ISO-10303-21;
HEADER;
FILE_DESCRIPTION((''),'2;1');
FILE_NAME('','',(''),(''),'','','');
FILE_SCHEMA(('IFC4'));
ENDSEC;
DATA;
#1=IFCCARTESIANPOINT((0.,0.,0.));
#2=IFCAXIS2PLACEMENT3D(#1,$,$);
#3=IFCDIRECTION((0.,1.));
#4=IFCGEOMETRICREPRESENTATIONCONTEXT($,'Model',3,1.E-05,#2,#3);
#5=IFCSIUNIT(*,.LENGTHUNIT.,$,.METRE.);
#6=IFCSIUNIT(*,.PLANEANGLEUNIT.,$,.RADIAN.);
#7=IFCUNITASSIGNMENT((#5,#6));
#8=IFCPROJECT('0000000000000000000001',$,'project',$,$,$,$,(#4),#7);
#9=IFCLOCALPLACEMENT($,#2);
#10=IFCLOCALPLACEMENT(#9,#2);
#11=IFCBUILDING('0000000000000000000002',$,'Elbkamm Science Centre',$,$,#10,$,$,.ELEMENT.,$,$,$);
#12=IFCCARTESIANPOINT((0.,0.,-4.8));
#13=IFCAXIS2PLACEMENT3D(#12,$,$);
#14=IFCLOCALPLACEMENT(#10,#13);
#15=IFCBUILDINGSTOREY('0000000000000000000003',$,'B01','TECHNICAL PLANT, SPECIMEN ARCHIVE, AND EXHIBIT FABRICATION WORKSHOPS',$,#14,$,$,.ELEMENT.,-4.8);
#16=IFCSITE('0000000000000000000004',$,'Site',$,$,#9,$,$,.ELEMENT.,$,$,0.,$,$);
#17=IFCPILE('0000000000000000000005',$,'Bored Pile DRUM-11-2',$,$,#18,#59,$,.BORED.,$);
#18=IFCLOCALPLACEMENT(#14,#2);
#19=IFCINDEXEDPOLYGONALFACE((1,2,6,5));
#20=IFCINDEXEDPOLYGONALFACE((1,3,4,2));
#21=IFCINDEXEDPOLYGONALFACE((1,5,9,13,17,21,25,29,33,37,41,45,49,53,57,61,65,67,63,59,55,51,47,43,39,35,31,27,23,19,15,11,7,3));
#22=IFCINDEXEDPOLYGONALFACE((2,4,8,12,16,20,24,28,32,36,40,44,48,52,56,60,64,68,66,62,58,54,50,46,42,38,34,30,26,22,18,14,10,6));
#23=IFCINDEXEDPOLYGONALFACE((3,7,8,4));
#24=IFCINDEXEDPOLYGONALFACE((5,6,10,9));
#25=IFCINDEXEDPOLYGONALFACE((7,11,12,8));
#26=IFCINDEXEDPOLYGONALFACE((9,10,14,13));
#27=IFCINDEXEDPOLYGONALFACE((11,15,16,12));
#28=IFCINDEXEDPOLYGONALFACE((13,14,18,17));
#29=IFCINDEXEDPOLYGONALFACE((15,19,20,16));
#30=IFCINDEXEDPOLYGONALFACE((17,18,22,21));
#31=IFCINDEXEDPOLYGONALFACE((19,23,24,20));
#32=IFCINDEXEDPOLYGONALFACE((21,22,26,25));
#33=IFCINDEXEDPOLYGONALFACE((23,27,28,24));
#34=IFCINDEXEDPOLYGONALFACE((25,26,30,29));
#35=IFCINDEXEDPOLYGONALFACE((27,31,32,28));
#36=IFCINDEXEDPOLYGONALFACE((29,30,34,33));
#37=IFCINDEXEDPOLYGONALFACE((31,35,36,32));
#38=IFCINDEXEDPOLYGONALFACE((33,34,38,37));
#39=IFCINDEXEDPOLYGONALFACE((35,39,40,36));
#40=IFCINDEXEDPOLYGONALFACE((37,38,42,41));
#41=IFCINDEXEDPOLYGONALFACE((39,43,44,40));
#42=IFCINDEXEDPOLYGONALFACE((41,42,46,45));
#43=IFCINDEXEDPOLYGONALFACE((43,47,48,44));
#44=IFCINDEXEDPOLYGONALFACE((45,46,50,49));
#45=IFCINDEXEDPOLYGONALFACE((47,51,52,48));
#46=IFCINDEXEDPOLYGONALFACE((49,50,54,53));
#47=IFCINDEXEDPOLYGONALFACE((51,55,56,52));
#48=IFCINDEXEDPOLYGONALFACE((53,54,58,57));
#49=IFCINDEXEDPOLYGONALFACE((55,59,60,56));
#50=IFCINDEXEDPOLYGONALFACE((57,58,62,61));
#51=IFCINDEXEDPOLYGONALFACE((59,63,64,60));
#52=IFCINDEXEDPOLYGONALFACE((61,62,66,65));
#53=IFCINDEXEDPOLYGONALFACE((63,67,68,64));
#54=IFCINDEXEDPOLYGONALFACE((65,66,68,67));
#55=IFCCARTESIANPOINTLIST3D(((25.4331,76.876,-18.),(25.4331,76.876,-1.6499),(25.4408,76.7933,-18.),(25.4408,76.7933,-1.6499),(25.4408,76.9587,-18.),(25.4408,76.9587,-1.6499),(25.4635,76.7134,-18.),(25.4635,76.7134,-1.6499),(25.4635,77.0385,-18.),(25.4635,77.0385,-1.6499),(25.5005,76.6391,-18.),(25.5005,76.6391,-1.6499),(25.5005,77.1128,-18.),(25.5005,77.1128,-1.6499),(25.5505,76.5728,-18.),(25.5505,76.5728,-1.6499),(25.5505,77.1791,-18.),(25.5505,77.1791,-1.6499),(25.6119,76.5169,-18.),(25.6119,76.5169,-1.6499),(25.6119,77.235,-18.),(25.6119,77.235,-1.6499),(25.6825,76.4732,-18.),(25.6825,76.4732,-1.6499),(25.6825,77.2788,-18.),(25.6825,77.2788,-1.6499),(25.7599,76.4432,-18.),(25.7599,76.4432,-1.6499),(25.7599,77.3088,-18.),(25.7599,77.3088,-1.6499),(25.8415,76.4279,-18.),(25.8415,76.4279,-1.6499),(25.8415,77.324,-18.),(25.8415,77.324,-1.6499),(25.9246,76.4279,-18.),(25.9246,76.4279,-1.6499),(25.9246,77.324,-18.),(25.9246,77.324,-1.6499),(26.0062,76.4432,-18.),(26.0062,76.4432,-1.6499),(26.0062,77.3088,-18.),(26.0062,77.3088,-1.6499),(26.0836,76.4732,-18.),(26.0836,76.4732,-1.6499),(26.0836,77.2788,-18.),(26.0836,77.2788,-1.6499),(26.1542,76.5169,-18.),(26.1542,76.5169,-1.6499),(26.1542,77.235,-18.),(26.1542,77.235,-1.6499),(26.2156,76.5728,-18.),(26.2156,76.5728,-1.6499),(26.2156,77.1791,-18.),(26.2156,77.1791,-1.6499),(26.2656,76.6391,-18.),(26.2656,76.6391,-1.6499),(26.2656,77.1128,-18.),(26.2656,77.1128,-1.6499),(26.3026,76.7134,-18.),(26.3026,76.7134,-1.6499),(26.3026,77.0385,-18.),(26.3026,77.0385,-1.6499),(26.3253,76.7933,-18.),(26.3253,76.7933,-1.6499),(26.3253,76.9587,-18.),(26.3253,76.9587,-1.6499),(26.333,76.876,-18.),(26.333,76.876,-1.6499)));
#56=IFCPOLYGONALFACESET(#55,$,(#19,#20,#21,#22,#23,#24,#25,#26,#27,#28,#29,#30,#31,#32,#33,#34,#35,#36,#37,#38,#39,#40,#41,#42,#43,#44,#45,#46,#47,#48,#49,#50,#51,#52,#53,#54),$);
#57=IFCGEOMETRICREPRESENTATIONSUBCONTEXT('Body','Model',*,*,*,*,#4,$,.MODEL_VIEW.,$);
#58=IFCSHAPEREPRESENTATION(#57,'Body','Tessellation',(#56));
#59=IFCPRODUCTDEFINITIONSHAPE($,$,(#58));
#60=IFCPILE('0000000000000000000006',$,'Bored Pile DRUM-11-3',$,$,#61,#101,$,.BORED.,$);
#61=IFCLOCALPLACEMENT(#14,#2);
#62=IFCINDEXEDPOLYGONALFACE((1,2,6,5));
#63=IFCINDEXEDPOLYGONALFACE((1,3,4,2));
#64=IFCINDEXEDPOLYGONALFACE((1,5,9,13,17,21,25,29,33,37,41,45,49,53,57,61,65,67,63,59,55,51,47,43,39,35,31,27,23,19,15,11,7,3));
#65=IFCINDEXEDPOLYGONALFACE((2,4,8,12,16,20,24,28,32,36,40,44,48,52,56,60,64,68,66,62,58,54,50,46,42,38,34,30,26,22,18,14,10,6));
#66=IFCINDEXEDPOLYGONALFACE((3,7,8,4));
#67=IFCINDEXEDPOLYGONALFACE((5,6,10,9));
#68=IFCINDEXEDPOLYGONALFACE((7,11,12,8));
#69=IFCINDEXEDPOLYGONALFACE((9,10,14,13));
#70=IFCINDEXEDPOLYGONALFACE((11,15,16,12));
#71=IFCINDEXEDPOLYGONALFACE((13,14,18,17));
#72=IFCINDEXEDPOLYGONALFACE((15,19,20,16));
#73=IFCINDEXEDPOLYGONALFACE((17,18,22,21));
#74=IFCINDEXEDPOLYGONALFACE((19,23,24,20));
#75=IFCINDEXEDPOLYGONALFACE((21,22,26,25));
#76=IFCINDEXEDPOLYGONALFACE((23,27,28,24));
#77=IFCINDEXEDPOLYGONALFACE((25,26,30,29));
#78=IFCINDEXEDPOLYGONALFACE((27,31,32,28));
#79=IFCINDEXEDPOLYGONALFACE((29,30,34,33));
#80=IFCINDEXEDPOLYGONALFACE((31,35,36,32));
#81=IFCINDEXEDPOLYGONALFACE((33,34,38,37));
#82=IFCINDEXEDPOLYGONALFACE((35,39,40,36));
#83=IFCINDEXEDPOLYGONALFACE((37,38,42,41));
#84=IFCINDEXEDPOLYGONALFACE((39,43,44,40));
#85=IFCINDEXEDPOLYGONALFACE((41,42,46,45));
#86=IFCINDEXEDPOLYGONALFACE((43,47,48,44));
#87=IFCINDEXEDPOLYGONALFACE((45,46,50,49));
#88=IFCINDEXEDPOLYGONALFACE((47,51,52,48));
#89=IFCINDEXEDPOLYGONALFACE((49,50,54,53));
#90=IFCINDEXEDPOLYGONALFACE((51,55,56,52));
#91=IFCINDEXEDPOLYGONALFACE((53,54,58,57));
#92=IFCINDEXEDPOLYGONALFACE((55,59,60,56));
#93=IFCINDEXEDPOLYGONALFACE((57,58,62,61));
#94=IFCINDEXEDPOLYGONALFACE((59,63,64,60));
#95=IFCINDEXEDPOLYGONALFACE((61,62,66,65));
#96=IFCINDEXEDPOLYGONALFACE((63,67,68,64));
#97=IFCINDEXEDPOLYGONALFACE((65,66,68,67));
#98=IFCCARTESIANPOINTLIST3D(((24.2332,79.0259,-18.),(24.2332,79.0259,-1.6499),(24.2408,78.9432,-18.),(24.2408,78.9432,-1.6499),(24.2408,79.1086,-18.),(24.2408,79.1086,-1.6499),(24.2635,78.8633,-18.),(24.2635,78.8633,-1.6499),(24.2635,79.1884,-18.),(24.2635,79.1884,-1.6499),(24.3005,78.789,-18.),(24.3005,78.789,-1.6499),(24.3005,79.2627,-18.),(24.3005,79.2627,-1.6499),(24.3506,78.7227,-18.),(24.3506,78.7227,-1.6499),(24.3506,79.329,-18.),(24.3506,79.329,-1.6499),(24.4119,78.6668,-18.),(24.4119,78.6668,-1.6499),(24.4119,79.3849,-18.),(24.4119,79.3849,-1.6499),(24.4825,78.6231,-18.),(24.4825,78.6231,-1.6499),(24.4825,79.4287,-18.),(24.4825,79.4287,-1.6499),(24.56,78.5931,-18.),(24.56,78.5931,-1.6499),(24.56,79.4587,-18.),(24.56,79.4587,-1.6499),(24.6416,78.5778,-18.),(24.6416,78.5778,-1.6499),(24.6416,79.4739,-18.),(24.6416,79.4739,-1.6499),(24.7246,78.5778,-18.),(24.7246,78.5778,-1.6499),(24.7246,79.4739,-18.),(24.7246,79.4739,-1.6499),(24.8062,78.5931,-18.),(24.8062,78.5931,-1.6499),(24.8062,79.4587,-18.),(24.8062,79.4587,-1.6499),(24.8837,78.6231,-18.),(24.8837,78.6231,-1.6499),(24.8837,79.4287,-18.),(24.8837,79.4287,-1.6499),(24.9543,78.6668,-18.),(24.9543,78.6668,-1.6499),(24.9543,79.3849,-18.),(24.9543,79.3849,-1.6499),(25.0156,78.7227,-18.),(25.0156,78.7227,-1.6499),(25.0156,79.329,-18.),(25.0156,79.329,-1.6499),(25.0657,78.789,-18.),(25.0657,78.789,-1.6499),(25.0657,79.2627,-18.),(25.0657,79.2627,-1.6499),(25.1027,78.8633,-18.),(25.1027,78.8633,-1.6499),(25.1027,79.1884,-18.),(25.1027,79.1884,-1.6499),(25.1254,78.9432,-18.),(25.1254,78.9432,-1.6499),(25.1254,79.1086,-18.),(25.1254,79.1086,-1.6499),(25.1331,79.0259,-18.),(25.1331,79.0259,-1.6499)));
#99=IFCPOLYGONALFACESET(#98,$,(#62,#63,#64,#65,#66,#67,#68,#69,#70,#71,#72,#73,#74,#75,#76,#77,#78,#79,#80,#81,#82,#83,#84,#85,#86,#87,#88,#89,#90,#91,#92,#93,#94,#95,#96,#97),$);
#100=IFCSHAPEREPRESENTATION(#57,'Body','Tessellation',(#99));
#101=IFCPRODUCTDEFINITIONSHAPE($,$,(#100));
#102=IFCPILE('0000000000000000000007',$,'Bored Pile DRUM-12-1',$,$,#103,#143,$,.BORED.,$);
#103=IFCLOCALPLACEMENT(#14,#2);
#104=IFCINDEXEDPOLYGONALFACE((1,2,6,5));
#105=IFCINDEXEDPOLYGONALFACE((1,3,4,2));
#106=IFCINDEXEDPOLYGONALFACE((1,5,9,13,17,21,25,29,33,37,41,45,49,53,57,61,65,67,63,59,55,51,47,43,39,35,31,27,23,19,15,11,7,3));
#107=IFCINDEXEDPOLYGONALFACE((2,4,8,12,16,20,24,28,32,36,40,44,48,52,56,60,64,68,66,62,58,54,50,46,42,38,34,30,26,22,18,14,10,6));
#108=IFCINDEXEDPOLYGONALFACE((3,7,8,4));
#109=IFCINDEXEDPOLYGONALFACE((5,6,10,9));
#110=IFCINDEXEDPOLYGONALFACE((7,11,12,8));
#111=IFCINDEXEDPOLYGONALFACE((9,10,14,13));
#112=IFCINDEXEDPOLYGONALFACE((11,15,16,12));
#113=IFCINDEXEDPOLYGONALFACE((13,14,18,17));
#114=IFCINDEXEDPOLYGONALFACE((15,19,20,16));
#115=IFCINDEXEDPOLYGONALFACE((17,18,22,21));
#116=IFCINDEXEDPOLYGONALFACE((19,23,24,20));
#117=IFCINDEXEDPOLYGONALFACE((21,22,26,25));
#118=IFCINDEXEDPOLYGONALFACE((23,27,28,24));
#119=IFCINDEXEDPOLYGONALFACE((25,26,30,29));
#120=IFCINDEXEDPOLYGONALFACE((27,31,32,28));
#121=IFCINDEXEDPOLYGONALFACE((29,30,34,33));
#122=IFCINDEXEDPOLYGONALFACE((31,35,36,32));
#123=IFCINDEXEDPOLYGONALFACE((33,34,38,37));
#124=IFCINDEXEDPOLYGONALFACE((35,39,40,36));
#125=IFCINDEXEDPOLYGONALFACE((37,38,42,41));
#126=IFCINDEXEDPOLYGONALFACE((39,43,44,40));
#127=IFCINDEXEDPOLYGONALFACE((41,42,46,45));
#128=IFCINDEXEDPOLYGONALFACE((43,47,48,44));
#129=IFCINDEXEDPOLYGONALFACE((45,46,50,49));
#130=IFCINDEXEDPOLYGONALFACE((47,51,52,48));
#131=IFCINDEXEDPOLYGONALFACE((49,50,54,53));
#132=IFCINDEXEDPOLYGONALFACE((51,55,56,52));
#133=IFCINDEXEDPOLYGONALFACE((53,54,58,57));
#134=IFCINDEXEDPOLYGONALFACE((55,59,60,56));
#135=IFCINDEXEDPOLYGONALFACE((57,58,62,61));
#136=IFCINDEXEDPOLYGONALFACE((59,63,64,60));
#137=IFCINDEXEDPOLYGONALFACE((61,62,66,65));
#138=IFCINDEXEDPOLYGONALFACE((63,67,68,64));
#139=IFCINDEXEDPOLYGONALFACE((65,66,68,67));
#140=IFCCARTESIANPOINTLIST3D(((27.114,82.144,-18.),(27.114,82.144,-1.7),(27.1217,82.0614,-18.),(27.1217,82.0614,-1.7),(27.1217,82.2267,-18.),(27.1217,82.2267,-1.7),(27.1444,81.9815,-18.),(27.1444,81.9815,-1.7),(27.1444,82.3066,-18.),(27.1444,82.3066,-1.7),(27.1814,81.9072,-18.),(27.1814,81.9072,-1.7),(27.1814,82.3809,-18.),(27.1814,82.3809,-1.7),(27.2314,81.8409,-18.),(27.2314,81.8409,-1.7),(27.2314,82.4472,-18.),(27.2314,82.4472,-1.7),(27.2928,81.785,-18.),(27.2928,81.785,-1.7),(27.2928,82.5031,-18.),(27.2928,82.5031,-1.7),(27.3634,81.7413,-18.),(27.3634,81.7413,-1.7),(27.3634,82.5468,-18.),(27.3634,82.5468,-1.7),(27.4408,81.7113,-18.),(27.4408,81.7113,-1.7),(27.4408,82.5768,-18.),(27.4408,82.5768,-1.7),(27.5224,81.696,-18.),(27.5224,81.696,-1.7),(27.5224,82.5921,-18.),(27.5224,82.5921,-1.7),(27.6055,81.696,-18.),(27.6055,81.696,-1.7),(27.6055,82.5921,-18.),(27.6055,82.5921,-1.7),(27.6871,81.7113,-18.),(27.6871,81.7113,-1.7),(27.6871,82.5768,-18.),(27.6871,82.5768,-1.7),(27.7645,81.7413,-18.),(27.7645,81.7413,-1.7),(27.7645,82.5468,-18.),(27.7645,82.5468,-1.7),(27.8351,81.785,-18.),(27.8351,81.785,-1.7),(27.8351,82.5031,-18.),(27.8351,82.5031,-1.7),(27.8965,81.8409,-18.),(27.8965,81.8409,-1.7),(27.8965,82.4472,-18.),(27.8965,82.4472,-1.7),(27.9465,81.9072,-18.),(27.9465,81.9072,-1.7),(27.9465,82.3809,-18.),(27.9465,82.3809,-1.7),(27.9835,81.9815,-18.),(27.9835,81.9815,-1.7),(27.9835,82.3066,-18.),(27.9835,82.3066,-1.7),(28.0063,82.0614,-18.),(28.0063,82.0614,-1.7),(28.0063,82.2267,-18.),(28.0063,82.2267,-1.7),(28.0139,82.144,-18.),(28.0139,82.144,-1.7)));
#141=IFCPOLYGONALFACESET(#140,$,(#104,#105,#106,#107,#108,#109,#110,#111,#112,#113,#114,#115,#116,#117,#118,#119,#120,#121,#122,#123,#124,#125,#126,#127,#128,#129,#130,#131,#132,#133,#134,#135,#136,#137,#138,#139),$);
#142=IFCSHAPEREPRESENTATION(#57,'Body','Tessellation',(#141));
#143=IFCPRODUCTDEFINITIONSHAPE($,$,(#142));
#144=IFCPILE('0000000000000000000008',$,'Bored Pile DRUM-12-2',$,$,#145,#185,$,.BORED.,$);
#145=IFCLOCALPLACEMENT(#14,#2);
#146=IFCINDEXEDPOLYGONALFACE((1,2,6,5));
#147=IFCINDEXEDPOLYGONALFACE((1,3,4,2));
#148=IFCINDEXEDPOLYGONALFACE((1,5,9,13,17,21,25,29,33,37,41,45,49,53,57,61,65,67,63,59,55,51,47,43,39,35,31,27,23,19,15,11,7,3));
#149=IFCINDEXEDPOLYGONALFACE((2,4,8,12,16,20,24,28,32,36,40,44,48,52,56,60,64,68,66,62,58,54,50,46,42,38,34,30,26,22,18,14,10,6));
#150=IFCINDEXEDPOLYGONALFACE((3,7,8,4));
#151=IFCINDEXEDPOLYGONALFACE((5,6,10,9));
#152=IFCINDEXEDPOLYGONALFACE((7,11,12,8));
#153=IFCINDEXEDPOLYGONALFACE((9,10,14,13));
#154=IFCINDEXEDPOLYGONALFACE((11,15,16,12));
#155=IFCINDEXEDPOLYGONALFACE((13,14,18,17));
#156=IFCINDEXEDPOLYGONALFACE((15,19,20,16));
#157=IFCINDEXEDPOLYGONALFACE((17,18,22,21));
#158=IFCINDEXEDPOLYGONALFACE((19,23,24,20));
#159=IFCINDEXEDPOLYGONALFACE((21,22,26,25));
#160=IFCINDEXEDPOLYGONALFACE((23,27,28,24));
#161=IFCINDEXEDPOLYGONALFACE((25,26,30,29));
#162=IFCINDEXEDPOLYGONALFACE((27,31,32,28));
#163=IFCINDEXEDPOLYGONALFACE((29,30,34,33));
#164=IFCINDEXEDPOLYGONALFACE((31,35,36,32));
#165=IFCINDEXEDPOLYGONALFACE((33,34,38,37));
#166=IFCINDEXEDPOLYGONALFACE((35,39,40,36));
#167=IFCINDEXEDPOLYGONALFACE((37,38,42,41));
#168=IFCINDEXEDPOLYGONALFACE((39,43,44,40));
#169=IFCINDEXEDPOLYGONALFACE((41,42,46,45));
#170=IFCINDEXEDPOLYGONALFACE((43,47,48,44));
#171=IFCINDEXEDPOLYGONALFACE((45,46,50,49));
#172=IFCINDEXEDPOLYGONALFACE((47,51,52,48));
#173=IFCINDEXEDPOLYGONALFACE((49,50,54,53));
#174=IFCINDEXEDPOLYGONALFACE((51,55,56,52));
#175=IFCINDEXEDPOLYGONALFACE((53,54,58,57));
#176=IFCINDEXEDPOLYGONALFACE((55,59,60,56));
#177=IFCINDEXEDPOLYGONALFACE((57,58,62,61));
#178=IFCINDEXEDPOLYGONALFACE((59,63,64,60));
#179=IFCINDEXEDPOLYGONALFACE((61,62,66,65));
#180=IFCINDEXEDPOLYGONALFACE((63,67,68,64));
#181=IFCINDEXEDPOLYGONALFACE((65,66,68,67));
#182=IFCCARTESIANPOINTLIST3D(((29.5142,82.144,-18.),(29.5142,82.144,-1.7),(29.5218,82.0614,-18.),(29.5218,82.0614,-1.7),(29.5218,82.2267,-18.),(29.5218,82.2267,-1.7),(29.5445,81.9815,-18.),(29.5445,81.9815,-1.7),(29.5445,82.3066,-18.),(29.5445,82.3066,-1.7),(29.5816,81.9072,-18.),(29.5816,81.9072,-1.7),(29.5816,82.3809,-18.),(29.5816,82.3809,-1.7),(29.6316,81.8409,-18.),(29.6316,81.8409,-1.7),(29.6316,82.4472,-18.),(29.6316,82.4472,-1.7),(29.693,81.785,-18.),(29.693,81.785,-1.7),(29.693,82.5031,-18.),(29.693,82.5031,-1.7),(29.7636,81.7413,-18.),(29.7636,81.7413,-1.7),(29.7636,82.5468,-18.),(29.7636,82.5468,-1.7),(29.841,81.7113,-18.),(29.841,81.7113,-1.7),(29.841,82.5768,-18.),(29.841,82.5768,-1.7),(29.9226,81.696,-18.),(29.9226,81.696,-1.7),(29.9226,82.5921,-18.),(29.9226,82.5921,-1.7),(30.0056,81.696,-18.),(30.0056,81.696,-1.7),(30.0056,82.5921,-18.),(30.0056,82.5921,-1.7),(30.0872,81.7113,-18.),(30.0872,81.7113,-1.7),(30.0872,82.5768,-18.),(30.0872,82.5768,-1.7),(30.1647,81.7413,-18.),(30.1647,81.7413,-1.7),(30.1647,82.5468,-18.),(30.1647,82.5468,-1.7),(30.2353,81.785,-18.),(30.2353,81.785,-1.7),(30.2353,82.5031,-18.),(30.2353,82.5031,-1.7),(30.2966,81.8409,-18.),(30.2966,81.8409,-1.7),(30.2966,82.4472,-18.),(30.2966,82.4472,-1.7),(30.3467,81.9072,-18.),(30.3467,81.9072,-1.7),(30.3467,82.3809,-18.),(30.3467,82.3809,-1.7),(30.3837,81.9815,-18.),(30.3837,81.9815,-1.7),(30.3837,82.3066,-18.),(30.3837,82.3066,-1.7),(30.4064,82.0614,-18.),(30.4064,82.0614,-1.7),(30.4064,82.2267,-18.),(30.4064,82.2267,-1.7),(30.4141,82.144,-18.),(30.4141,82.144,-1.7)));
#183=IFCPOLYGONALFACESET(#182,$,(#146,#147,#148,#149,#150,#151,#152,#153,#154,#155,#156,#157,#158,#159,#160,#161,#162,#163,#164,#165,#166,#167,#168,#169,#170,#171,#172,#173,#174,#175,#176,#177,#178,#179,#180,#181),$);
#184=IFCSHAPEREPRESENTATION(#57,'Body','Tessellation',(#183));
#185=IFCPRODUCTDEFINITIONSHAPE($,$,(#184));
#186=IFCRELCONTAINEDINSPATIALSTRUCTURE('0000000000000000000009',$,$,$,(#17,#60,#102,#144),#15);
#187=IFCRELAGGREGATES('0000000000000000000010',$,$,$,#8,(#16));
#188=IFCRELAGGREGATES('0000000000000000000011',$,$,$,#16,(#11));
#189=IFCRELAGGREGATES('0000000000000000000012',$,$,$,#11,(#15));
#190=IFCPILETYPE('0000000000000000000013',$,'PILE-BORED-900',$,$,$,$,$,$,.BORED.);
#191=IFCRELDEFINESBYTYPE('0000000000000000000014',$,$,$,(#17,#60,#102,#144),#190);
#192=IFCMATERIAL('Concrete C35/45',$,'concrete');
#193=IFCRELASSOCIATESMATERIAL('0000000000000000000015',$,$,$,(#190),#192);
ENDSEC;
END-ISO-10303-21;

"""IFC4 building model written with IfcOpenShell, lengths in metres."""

from ifc_helpers import new_model, si_unit, direction, frame, origin, origin_2d, place, context, subcontext, project, spatial, circle, extrude, material, material_profile, profile_set, type_object, element, save


model = new_model("IFC4")

# Units and contexts
model_context = context("Model", 3, precision=1e-05, world=origin(), true_north=direction((0.0, 1.0)))
body_context = subcontext(model_context, "Body", "Model", "MODEL_VIEW")
ifc_project = project(units=[si_unit("LENGTHUNIT", "METRE"), si_unit("PLANEANGLEUNIT", "RADIAN")], contexts=[model_context])

# Site, building, storey
site_placement = place(None, origin())
site = spatial("IfcSite", under=ifc_project, at=site_placement, Name="Site", CompositionType="ELEMENT", RefElevation=0.0)
building_placement = place(site_placement, origin())
building = spatial("IfcBuilding", under=site, at=building_placement, Name="Elbkamm Science Centre", CompositionType="ELEMENT")
storey_placement = place(building_placement, frame((0.0, 0.0, -4.8)))
storey = spatial("IfcBuildingStorey", under=building, at=storey_placement, Name="B01", Description="TECHNICAL PLANT, SPECIMEN ARCHIVE, AND EXHIBIT FABRICATION WORKSHOPS", CompositionType="ELEMENT", Elevation=-4.8)

# Shared definitions
ifc_material_1 = material(Name="Concrete C35/45", Category="concrete")

# Piles
ifc_material_profile_1 = material_profile(ifc_material_1, circle(Radius=0.45, at=origin_2d()), Name="PILE D900")
ifc_profile_set_1 = profile_set([ifc_material_profile_1], Name="Concrete C35/45")
pile_type_1 = type_object("IfcPileType", Name="PILE-BORED-900", PredefinedType="BORED", material=ifc_profile_set_1)
for number, where, z_axis, x_axis, name in (
    (1, (25.8831, 76.876, -1.6499), (0.0, 0.0, -1.0), (1.0, 0.0, 0.0), "Bored Pile DRUM-11-2"),
    (2, (24.6831, 79.0259, -1.6499), (0.0, 0.0, -1.0), (1.0, 0.0, 0.0), "Bored Pile DRUM-11-3"),
):
    element("IfcPile", number, at=place(storey_placement, frame(where, z_axis=z_axis, x_axis=x_axis)), inside=storey, type_object=pile_type_1, Name=name, PredefinedType="BORED", context=body_context, shape_type="SweptSolid", body=[
        extrude(circle(Radius=0.45, at=origin_2d()), origin(), (0.0, 0.0, 1.0), 16.3501),
    ])
for number, where, z_axis, x_axis, name in (
    (3, (27.564, 82.144, -1.7), (0.0, 0.0, -1.0), (1.0, 0.0, 0.0), "Bored Pile DRUM-12-1"),
    (4, (29.9641, 82.144, -1.7), (0.0, 0.0, -1.0), (1.0, 0.0, 0.0), "Bored Pile DRUM-12-2"),
):
    element("IfcPile", number, at=place(storey_placement, frame(where, z_axis=z_axis, x_axis=x_axis)), inside=storey, type_object=pile_type_1, Name=name, PredefinedType="BORED", context=body_context, shape_type="SweptSolid", body=[
        extrude(circle(Radius=0.45, at=origin_2d()), origin(), (0.0, 0.0, 1.0), 16.3),
    ])

save(model, "model.ifc")
